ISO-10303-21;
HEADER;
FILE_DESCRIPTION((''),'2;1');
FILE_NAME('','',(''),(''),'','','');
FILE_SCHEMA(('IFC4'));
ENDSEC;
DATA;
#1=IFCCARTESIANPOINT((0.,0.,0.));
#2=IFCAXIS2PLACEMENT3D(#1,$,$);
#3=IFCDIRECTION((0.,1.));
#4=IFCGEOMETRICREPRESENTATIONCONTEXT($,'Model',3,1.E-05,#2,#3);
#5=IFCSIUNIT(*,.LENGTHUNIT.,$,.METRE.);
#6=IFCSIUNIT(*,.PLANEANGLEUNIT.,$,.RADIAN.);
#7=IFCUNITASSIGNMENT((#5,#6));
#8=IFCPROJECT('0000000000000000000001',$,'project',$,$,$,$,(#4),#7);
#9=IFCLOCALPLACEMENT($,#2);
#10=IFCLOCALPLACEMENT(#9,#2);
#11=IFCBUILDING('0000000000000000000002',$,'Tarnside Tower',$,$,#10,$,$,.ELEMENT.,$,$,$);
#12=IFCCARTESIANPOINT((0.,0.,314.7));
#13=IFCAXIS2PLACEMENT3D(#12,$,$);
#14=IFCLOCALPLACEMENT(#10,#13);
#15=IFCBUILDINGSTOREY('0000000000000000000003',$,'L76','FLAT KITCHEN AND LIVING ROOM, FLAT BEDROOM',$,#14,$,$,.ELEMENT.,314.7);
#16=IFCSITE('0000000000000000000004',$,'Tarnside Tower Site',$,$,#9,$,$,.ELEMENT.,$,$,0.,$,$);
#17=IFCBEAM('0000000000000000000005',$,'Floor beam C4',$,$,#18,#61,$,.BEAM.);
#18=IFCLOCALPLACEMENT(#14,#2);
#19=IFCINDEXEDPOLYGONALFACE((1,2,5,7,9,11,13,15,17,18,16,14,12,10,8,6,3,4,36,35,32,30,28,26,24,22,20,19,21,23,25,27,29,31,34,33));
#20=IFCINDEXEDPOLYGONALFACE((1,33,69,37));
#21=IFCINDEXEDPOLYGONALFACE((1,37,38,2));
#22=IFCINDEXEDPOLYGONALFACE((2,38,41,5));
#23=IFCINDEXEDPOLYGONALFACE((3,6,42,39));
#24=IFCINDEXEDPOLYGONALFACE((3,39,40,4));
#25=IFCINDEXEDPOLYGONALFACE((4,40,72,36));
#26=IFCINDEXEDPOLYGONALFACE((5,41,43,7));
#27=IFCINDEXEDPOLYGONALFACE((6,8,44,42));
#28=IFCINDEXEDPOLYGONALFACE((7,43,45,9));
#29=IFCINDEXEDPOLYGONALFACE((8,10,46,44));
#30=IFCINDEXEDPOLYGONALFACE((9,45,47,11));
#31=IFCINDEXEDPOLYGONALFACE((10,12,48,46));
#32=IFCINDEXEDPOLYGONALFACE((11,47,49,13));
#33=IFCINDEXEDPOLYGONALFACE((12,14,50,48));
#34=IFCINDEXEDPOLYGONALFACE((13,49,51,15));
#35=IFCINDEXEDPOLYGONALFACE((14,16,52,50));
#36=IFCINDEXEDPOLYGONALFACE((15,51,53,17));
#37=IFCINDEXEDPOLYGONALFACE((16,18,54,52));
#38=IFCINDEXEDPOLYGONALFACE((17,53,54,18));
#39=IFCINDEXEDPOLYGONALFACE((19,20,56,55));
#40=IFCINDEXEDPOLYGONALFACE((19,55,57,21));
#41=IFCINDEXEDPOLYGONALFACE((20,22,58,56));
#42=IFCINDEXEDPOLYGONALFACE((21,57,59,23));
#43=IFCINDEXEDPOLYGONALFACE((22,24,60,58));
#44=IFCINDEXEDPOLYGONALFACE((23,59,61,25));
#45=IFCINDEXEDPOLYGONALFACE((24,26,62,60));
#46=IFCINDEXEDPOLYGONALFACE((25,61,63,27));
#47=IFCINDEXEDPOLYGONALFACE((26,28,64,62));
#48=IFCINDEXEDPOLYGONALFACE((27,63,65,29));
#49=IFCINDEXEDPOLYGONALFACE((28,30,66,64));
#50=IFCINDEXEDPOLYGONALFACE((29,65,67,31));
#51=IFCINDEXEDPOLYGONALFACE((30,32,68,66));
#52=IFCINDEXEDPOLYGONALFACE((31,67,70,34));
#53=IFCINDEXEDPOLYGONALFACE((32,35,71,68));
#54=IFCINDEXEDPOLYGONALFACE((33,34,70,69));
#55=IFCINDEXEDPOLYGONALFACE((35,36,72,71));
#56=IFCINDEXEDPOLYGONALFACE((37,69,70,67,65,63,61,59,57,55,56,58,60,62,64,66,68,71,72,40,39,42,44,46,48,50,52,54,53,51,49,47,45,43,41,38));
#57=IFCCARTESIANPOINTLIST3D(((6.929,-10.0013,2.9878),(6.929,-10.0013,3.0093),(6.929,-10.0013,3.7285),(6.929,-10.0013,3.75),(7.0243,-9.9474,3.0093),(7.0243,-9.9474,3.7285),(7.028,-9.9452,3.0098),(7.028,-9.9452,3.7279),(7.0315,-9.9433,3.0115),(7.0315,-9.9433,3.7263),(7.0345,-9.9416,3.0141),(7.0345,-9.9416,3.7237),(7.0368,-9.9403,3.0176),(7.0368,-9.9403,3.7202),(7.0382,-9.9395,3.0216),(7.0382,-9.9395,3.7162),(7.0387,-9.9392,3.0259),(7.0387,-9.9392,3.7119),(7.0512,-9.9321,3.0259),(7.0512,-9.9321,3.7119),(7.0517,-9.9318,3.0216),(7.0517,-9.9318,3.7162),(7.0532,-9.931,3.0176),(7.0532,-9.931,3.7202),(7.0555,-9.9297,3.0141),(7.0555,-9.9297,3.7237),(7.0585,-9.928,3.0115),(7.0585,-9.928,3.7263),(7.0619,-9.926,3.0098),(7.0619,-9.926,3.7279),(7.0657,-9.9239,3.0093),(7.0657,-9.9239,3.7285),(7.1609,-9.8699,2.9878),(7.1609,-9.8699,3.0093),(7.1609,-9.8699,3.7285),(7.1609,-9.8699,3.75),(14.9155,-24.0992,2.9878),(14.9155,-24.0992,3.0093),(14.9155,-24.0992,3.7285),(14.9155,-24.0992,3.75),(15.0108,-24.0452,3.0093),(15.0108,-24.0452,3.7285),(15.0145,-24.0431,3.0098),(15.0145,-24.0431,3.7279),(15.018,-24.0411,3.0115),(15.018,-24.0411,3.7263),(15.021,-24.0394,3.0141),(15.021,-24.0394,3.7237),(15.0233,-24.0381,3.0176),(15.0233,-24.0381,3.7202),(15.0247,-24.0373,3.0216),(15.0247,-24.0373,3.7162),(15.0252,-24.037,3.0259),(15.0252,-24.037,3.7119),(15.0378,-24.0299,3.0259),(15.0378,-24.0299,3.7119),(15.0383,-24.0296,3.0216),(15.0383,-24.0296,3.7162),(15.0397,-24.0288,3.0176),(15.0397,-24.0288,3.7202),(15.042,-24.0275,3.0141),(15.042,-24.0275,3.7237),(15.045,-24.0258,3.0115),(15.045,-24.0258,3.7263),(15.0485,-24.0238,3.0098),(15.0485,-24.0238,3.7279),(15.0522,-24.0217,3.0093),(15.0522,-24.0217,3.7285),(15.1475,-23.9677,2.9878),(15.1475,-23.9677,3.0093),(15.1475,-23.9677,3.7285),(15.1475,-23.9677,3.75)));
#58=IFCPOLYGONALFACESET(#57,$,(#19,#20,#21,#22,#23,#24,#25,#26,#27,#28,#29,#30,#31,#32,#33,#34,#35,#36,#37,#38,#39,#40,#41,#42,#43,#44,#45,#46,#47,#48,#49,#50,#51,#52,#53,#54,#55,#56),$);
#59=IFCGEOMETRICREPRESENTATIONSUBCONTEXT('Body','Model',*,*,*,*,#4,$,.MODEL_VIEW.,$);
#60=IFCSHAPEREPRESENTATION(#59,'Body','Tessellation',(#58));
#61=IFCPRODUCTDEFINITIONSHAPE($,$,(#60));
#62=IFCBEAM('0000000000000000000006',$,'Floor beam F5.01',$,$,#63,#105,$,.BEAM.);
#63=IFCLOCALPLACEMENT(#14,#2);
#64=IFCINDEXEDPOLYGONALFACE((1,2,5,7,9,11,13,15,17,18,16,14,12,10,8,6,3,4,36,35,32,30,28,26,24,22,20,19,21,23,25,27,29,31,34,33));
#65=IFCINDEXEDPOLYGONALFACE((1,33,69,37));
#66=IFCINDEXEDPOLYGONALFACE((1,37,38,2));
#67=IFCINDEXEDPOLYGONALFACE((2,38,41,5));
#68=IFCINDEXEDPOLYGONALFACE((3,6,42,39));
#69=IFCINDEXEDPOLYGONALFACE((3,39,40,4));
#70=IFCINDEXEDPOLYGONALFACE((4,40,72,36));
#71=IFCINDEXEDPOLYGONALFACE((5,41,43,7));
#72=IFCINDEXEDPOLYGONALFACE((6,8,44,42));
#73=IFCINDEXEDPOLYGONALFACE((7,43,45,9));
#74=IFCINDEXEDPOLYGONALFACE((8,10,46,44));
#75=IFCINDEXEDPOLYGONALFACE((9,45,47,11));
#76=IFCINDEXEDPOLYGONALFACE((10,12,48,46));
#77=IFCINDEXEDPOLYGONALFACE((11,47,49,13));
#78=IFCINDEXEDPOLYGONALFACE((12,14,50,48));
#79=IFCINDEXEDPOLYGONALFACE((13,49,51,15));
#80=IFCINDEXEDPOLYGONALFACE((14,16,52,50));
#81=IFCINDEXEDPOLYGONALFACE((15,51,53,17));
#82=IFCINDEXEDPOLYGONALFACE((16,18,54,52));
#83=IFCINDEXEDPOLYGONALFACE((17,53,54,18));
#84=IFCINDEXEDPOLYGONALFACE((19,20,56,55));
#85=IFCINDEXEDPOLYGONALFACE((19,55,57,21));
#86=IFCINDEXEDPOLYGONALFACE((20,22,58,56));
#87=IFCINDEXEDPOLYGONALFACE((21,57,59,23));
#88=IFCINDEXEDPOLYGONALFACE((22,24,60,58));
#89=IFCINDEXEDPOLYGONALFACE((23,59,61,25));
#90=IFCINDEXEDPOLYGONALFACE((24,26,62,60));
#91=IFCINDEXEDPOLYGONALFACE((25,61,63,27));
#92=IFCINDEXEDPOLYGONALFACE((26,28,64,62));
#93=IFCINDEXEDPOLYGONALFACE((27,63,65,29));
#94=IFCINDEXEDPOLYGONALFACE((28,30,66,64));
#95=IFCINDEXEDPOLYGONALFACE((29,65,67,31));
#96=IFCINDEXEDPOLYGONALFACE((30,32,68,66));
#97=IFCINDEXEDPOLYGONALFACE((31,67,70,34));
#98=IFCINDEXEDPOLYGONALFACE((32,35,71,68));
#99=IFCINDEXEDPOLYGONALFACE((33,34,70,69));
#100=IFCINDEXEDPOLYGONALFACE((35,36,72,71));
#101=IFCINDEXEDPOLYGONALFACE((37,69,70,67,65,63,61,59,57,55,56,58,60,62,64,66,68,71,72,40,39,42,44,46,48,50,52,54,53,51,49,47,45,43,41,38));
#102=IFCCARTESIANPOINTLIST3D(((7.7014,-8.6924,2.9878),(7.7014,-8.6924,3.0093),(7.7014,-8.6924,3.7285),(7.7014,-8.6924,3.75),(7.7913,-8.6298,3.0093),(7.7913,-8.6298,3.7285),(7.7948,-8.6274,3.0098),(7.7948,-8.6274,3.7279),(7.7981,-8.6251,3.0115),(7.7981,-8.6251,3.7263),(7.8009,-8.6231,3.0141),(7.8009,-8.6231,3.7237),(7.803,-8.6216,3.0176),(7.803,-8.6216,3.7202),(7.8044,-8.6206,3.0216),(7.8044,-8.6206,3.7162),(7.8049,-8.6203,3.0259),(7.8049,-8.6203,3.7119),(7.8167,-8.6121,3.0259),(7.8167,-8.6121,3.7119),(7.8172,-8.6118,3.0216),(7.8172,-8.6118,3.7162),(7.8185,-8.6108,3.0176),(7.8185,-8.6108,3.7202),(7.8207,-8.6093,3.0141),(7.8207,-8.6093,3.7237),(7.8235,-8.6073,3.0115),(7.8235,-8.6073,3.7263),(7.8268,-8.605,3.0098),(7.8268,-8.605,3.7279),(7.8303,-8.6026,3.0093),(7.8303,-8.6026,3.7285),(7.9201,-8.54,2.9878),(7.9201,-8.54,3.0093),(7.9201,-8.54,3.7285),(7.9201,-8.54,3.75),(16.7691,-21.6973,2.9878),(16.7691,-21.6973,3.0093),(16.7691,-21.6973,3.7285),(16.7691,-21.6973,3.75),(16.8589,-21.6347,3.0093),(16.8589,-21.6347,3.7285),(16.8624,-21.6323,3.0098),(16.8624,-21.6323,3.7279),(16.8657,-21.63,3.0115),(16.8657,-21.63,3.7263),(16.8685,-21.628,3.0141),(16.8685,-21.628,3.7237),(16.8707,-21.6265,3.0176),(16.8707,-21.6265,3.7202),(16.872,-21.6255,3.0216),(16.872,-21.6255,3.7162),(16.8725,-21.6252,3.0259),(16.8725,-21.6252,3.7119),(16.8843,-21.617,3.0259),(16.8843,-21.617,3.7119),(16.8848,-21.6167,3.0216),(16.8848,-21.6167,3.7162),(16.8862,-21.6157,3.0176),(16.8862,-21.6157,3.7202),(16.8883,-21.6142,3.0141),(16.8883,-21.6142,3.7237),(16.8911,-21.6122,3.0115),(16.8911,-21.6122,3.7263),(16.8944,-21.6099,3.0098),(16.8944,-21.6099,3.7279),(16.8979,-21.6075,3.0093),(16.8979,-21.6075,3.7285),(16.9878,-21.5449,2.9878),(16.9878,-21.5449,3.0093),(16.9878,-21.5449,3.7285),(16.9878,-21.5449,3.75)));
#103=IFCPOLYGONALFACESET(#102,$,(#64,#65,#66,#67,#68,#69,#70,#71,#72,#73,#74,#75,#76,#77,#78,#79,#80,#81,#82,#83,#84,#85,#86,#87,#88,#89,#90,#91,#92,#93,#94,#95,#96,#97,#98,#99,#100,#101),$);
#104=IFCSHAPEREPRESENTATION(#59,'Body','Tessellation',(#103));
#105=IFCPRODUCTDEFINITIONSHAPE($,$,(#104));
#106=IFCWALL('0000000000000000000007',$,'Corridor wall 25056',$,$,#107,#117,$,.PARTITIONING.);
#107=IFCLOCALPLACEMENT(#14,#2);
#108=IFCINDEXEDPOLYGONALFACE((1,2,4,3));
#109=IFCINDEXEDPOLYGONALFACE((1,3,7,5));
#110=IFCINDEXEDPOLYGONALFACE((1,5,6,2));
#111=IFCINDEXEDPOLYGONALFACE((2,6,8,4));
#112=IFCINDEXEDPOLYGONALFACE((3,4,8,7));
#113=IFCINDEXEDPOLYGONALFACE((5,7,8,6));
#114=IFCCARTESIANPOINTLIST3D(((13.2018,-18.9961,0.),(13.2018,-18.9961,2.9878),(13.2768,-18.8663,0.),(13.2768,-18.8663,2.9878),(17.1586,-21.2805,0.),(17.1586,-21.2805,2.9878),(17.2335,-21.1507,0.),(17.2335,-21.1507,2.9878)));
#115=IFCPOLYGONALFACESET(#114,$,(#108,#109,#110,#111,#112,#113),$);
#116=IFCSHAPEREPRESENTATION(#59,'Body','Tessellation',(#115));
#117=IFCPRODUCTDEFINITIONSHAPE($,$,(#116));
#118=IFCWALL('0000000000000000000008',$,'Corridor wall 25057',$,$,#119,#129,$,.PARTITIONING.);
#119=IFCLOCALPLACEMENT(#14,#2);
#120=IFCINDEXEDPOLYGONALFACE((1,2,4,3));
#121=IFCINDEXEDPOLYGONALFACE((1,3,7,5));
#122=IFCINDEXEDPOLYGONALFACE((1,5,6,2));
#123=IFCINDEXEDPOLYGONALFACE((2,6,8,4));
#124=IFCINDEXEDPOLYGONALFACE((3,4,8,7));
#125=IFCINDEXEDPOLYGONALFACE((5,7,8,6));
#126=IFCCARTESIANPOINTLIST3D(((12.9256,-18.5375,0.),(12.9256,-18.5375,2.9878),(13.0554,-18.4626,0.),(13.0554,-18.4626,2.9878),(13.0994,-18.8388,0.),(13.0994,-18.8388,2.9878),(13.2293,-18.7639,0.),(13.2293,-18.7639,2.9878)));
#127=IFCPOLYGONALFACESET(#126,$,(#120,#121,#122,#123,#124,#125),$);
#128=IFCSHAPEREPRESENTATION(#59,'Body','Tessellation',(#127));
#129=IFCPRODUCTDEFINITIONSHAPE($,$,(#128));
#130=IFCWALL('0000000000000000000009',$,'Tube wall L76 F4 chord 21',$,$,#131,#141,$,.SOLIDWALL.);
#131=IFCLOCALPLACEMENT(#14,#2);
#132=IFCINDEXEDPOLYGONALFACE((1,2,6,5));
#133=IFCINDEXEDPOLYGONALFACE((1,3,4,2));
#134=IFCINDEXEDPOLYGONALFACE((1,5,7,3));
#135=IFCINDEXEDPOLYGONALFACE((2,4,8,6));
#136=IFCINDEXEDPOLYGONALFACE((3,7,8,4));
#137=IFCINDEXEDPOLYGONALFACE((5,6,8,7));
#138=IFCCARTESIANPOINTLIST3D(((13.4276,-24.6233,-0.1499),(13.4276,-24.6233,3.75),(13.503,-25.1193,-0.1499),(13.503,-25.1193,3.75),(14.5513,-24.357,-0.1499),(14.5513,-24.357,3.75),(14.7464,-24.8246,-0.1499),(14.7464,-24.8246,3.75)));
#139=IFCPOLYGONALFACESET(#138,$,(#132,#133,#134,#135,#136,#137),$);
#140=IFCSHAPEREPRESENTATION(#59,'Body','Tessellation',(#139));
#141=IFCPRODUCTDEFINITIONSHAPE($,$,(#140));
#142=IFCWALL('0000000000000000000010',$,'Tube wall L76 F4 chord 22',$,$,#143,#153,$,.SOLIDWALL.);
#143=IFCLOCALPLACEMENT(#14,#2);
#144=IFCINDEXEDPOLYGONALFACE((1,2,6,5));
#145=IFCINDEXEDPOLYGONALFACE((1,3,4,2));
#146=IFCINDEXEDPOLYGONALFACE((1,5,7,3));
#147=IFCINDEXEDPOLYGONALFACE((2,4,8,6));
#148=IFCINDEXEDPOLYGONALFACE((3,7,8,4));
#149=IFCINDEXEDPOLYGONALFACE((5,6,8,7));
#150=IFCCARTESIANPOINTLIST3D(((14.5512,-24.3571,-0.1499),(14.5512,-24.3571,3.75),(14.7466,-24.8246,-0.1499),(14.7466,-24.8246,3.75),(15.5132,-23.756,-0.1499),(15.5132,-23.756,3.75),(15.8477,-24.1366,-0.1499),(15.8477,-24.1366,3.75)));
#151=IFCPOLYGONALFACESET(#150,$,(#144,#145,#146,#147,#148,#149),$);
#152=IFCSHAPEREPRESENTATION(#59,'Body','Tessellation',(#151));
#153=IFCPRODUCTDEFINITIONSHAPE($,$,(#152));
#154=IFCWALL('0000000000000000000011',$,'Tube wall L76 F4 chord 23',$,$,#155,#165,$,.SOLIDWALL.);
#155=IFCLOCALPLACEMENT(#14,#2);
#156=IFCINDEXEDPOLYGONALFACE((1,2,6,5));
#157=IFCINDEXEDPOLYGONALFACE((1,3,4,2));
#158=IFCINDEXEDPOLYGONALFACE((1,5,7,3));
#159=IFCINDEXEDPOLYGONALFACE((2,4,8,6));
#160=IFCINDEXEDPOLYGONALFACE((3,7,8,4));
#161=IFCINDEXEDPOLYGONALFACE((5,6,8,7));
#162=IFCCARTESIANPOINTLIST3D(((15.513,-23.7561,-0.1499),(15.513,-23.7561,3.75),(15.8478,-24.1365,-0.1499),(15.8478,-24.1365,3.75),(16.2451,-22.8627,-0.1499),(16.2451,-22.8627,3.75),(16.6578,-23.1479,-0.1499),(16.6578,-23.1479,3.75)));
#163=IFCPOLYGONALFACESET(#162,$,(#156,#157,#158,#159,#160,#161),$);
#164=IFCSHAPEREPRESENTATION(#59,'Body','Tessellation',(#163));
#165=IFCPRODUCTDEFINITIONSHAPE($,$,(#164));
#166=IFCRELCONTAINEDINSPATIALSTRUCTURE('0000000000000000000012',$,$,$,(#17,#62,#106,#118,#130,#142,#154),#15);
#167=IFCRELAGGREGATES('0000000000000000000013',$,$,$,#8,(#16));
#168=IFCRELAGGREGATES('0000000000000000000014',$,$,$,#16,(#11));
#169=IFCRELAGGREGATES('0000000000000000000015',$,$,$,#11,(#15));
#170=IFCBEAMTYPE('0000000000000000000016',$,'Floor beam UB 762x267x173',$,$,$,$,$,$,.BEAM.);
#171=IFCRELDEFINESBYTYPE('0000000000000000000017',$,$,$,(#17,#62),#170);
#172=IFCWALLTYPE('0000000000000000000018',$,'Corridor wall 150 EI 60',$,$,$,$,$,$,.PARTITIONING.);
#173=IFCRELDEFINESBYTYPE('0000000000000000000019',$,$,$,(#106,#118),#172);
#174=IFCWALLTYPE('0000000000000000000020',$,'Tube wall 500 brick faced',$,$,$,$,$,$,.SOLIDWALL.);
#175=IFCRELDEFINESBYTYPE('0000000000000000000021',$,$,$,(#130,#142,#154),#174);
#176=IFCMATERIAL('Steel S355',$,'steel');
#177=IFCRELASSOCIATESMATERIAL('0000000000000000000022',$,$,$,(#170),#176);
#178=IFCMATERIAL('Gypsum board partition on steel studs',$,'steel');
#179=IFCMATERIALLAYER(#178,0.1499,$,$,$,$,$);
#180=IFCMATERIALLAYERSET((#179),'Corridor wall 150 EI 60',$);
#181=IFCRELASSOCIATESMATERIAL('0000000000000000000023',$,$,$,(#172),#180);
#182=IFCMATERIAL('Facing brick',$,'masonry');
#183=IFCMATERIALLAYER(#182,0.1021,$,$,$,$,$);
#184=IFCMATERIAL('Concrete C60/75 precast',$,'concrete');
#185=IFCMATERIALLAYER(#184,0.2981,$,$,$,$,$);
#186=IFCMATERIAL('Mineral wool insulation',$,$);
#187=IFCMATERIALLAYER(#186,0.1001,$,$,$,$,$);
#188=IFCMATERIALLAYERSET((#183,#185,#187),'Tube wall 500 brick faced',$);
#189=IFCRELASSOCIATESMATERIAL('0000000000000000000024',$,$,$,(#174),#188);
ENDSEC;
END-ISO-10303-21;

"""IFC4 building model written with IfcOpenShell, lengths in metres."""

from ifc_helpers import new_model, si_unit, direction, frame, frame_2d, origin, origin_2d, place, context, subcontext, project, spatial, polyline, rectangle, i_section, outline, extrude, material, layer, layer_set, material_profile, profile_set, type_object, element, save


model = new_model("IFC4")

# Units and contexts
model_context = context("Model", 3, precision=1e-05, world=origin(), true_north=direction((0.0, 1.0)))
body_context = subcontext(model_context, "Body", "Model", "MODEL_VIEW")
ifc_project = project(units=[si_unit("LENGTHUNIT", "METRE"), si_unit("PLANEANGLEUNIT", "RADIAN")], contexts=[model_context])

# Site, building, storey
site_placement = place(None, origin())
site = spatial("IfcSite", under=ifc_project, at=site_placement, Name="Tarnside Tower Site", CompositionType="ELEMENT", RefElevation=0.0)
building_placement = place(site_placement, origin())
building = spatial("IfcBuilding", under=site, at=building_placement, Name="Tarnside Tower", CompositionType="ELEMENT")
storey_placement = place(building_placement, frame((0.0, 0.0, 314.7)))
storey = spatial("IfcBuildingStorey", under=building, at=storey_placement, Name="L76", Description="FLAT KITCHEN AND LIVING ROOM, FLAT BEDROOM", CompositionType="ELEMENT", Elevation=314.7)

# Beams
ifc_material_1 = material(Name="Steel S355", Category="steel")
ifc_material_profile = material_profile(ifc_material_1, i_section(OverallWidth=0.2666, OverallDepth=0.7622, WebThickness=0.0144, FlangeThickness=0.0215, FilletRadius=0.0166, at=origin_2d()), Name="UB 762x267x173")
ifc_profile_set = profile_set([ifc_material_profile], Name="Steel S355")
beam_type = type_object("IfcBeamType", Name="Floor beam UB 762x267x173", PredefinedType="BEAM", material=ifc_profile_set)
beam_1_placement = place(storey_placement, frame((15.0315, -24.0334, 3.3689), z_axis=(-0.492908, 0.870081, 0.0), x_axis=(-0.870081, -0.492908, 0.0)))
element("IfcBeam", 1, at=beam_1_placement, inside=storey, type_object=beam_type, Name="Floor beam C4", PredefinedType="BEAM", context=body_context, shape_type="SweptSolid", body=[
    extrude(i_section(OverallWidth=0.2666, OverallDepth=0.7622, WebThickness=0.0144, FlangeThickness=0.0215, FilletRadius=0.0166, at=origin_2d()), origin(), (0.0, 0.0, 1.0), 16.2029),
])
beam_2_placement = place(storey_placement, frame((16.8784, -21.6211, 3.3689), z_axis=(-0.571946, 0.820291, 0.0), x_axis=(-0.820291, -0.571946, 0.0)))
element("IfcBeam", 2, at=beam_2_placement, inside=storey, type_object=beam_type, Name="Floor beam F5.01", PredefinedType="BEAM", context=body_context, shape_type="SweptSolid", body=[
    extrude(i_section(OverallWidth=0.2666, OverallDepth=0.7622, WebThickness=0.0144, FlangeThickness=0.0215, FilletRadius=0.0166, at=origin_2d()), origin(), (0.0, 0.0, 1.0), 15.854),
])

# Walls
ifc_material_2 = material(Name="Gypsum board partition on steel studs", Category="steel")
ifc_layer_1 = layer(ifc_material_2, 0.1499)
ifc_layer_set_1 = layer_set([ifc_layer_1], Name="Corridor wall 150 EI 60")
wall_type_1 = type_object("IfcWallType", Name="Corridor wall 150 EI 60", PredefinedType="PARTITIONING", material=ifc_layer_set_1)
wall_1_placement = place(storey_placement, frame((17.196, -21.2156, 0.0), z_axis=(0.0, 0.0, 1.0), x_axis=(-0.866028, 0.499995, 0.0)))
element("IfcWall", 3, at=wall_1_placement, inside=storey, type_object=wall_type_1, Name="Corridor wall 25056", PredefinedType="PARTITIONING", context=body_context, shape_type="SweptSolid", body=[
    extrude(rectangle(XDim=4.5688, YDim=0.1499, at=frame_2d((2.2844, 0.0))), origin(), (0.0, 0.0, 1.0), 2.9878),
])
wall_2_placement = place(storey_placement, frame((13.1643, -18.8013, 0.0), z_axis=(0.0, 0.0, 1.0), x_axis=(-0.499763, 0.866162, 0.0)))
element("IfcWall", 4, at=wall_2_placement, inside=storey, type_object=wall_type_1, Name="Corridor wall 25057", PredefinedType="PARTITIONING", context=body_context, shape_type="SweptSolid", body=[
    extrude(rectangle(XDim=0.3479, YDim=0.1499, at=frame_2d((0.1738, 0.0))), origin(), (0.0, 0.0, 1.0), 2.9878),
])
ifc_material_3 = material(Name="Facing brick", Category="masonry")
ifc_layer_2 = layer(ifc_material_3, 0.1021)
ifc_material_4 = material(Name="Concrete C60/75 precast", Category="concrete")
ifc_layer_3 = layer(ifc_material_4, 0.2981)
ifc_material_5 = material(Name="Mineral wool insulation")
ifc_layer_4 = layer(ifc_material_5, 0.1001)
ifc_layer_set_2 = layer_set([ifc_layer_2, ifc_layer_3, ifc_layer_4], Name="Tube wall 500 brick faced")
wall_type_2 = type_object("IfcWallType", Name="Tube wall 500 brick faced", PredefinedType="SOLIDWALL", material=ifc_layer_set_2)
wall_3_placement = place(storey_placement, frame((13.4653, -24.8713, -0.1499), z_axis=(0.0, 0.0, 1.0), x_axis=(0.973045, 0.230616, 0.0)))
element("IfcWall", 5, at=wall_3_placement, inside=storey, type_object=wall_type_2, Name="Tube wall L76 F4 chord 21", PredefinedType="SOLIDWALL", context=body_context, shape_type="SweptSolid", body=[
    extrude(outline(polyline([(-0.0205, -0.25), (1.2573, -0.25), (1.1753, 0.25), (0.0205, 0.25), (-0.0205, -0.25)])), origin(), (0.0, 0.0, 1.0), 3.8999),
])
wall_4_placement = place(storey_placement, frame((14.6489, -24.5908, -0.1499), z_axis=(0.0, 0.0, 1.0), x_axis=(0.848055, 0.529909, 0.0)))
element("IfcWall", 6, at=wall_4_placement, inside=storey, type_object=wall_type_2, Name="Tube wall L76 F4 chord 22", PredefinedType="SOLIDWALL", context=body_context, shape_type="SweptSolid", body=[
    extrude(outline(polyline([(-0.041, -0.25), (1.2573, -0.25), (1.1753, 0.25), (0.041, 0.25), (-0.041, -0.25)])), origin(), (0.0, 0.0, 1.0), 3.8999),
])
wall_5_placement = place(storey_placement, frame((15.6804, -23.9463, -0.1499), z_axis=(0.0, 0.0, 1.0), x_axis=(0.633806, 0.773492, 0.0)))
element("IfcWall", 7, at=wall_5_placement, inside=storey, type_object=wall_type_2, Name="Tube wall L76 F4 chord 23", PredefinedType="SOLIDWALL", context=body_context, shape_type="SweptSolid", body=[
    extrude(outline(polyline([(-0.041, -0.25), (1.2371, -0.25), (1.196, 0.25), (0.041, 0.25), (-0.041, -0.25)])), origin(), (0.0, 0.0, 1.0), 3.8999),
])

save(model, "model.ifc")
